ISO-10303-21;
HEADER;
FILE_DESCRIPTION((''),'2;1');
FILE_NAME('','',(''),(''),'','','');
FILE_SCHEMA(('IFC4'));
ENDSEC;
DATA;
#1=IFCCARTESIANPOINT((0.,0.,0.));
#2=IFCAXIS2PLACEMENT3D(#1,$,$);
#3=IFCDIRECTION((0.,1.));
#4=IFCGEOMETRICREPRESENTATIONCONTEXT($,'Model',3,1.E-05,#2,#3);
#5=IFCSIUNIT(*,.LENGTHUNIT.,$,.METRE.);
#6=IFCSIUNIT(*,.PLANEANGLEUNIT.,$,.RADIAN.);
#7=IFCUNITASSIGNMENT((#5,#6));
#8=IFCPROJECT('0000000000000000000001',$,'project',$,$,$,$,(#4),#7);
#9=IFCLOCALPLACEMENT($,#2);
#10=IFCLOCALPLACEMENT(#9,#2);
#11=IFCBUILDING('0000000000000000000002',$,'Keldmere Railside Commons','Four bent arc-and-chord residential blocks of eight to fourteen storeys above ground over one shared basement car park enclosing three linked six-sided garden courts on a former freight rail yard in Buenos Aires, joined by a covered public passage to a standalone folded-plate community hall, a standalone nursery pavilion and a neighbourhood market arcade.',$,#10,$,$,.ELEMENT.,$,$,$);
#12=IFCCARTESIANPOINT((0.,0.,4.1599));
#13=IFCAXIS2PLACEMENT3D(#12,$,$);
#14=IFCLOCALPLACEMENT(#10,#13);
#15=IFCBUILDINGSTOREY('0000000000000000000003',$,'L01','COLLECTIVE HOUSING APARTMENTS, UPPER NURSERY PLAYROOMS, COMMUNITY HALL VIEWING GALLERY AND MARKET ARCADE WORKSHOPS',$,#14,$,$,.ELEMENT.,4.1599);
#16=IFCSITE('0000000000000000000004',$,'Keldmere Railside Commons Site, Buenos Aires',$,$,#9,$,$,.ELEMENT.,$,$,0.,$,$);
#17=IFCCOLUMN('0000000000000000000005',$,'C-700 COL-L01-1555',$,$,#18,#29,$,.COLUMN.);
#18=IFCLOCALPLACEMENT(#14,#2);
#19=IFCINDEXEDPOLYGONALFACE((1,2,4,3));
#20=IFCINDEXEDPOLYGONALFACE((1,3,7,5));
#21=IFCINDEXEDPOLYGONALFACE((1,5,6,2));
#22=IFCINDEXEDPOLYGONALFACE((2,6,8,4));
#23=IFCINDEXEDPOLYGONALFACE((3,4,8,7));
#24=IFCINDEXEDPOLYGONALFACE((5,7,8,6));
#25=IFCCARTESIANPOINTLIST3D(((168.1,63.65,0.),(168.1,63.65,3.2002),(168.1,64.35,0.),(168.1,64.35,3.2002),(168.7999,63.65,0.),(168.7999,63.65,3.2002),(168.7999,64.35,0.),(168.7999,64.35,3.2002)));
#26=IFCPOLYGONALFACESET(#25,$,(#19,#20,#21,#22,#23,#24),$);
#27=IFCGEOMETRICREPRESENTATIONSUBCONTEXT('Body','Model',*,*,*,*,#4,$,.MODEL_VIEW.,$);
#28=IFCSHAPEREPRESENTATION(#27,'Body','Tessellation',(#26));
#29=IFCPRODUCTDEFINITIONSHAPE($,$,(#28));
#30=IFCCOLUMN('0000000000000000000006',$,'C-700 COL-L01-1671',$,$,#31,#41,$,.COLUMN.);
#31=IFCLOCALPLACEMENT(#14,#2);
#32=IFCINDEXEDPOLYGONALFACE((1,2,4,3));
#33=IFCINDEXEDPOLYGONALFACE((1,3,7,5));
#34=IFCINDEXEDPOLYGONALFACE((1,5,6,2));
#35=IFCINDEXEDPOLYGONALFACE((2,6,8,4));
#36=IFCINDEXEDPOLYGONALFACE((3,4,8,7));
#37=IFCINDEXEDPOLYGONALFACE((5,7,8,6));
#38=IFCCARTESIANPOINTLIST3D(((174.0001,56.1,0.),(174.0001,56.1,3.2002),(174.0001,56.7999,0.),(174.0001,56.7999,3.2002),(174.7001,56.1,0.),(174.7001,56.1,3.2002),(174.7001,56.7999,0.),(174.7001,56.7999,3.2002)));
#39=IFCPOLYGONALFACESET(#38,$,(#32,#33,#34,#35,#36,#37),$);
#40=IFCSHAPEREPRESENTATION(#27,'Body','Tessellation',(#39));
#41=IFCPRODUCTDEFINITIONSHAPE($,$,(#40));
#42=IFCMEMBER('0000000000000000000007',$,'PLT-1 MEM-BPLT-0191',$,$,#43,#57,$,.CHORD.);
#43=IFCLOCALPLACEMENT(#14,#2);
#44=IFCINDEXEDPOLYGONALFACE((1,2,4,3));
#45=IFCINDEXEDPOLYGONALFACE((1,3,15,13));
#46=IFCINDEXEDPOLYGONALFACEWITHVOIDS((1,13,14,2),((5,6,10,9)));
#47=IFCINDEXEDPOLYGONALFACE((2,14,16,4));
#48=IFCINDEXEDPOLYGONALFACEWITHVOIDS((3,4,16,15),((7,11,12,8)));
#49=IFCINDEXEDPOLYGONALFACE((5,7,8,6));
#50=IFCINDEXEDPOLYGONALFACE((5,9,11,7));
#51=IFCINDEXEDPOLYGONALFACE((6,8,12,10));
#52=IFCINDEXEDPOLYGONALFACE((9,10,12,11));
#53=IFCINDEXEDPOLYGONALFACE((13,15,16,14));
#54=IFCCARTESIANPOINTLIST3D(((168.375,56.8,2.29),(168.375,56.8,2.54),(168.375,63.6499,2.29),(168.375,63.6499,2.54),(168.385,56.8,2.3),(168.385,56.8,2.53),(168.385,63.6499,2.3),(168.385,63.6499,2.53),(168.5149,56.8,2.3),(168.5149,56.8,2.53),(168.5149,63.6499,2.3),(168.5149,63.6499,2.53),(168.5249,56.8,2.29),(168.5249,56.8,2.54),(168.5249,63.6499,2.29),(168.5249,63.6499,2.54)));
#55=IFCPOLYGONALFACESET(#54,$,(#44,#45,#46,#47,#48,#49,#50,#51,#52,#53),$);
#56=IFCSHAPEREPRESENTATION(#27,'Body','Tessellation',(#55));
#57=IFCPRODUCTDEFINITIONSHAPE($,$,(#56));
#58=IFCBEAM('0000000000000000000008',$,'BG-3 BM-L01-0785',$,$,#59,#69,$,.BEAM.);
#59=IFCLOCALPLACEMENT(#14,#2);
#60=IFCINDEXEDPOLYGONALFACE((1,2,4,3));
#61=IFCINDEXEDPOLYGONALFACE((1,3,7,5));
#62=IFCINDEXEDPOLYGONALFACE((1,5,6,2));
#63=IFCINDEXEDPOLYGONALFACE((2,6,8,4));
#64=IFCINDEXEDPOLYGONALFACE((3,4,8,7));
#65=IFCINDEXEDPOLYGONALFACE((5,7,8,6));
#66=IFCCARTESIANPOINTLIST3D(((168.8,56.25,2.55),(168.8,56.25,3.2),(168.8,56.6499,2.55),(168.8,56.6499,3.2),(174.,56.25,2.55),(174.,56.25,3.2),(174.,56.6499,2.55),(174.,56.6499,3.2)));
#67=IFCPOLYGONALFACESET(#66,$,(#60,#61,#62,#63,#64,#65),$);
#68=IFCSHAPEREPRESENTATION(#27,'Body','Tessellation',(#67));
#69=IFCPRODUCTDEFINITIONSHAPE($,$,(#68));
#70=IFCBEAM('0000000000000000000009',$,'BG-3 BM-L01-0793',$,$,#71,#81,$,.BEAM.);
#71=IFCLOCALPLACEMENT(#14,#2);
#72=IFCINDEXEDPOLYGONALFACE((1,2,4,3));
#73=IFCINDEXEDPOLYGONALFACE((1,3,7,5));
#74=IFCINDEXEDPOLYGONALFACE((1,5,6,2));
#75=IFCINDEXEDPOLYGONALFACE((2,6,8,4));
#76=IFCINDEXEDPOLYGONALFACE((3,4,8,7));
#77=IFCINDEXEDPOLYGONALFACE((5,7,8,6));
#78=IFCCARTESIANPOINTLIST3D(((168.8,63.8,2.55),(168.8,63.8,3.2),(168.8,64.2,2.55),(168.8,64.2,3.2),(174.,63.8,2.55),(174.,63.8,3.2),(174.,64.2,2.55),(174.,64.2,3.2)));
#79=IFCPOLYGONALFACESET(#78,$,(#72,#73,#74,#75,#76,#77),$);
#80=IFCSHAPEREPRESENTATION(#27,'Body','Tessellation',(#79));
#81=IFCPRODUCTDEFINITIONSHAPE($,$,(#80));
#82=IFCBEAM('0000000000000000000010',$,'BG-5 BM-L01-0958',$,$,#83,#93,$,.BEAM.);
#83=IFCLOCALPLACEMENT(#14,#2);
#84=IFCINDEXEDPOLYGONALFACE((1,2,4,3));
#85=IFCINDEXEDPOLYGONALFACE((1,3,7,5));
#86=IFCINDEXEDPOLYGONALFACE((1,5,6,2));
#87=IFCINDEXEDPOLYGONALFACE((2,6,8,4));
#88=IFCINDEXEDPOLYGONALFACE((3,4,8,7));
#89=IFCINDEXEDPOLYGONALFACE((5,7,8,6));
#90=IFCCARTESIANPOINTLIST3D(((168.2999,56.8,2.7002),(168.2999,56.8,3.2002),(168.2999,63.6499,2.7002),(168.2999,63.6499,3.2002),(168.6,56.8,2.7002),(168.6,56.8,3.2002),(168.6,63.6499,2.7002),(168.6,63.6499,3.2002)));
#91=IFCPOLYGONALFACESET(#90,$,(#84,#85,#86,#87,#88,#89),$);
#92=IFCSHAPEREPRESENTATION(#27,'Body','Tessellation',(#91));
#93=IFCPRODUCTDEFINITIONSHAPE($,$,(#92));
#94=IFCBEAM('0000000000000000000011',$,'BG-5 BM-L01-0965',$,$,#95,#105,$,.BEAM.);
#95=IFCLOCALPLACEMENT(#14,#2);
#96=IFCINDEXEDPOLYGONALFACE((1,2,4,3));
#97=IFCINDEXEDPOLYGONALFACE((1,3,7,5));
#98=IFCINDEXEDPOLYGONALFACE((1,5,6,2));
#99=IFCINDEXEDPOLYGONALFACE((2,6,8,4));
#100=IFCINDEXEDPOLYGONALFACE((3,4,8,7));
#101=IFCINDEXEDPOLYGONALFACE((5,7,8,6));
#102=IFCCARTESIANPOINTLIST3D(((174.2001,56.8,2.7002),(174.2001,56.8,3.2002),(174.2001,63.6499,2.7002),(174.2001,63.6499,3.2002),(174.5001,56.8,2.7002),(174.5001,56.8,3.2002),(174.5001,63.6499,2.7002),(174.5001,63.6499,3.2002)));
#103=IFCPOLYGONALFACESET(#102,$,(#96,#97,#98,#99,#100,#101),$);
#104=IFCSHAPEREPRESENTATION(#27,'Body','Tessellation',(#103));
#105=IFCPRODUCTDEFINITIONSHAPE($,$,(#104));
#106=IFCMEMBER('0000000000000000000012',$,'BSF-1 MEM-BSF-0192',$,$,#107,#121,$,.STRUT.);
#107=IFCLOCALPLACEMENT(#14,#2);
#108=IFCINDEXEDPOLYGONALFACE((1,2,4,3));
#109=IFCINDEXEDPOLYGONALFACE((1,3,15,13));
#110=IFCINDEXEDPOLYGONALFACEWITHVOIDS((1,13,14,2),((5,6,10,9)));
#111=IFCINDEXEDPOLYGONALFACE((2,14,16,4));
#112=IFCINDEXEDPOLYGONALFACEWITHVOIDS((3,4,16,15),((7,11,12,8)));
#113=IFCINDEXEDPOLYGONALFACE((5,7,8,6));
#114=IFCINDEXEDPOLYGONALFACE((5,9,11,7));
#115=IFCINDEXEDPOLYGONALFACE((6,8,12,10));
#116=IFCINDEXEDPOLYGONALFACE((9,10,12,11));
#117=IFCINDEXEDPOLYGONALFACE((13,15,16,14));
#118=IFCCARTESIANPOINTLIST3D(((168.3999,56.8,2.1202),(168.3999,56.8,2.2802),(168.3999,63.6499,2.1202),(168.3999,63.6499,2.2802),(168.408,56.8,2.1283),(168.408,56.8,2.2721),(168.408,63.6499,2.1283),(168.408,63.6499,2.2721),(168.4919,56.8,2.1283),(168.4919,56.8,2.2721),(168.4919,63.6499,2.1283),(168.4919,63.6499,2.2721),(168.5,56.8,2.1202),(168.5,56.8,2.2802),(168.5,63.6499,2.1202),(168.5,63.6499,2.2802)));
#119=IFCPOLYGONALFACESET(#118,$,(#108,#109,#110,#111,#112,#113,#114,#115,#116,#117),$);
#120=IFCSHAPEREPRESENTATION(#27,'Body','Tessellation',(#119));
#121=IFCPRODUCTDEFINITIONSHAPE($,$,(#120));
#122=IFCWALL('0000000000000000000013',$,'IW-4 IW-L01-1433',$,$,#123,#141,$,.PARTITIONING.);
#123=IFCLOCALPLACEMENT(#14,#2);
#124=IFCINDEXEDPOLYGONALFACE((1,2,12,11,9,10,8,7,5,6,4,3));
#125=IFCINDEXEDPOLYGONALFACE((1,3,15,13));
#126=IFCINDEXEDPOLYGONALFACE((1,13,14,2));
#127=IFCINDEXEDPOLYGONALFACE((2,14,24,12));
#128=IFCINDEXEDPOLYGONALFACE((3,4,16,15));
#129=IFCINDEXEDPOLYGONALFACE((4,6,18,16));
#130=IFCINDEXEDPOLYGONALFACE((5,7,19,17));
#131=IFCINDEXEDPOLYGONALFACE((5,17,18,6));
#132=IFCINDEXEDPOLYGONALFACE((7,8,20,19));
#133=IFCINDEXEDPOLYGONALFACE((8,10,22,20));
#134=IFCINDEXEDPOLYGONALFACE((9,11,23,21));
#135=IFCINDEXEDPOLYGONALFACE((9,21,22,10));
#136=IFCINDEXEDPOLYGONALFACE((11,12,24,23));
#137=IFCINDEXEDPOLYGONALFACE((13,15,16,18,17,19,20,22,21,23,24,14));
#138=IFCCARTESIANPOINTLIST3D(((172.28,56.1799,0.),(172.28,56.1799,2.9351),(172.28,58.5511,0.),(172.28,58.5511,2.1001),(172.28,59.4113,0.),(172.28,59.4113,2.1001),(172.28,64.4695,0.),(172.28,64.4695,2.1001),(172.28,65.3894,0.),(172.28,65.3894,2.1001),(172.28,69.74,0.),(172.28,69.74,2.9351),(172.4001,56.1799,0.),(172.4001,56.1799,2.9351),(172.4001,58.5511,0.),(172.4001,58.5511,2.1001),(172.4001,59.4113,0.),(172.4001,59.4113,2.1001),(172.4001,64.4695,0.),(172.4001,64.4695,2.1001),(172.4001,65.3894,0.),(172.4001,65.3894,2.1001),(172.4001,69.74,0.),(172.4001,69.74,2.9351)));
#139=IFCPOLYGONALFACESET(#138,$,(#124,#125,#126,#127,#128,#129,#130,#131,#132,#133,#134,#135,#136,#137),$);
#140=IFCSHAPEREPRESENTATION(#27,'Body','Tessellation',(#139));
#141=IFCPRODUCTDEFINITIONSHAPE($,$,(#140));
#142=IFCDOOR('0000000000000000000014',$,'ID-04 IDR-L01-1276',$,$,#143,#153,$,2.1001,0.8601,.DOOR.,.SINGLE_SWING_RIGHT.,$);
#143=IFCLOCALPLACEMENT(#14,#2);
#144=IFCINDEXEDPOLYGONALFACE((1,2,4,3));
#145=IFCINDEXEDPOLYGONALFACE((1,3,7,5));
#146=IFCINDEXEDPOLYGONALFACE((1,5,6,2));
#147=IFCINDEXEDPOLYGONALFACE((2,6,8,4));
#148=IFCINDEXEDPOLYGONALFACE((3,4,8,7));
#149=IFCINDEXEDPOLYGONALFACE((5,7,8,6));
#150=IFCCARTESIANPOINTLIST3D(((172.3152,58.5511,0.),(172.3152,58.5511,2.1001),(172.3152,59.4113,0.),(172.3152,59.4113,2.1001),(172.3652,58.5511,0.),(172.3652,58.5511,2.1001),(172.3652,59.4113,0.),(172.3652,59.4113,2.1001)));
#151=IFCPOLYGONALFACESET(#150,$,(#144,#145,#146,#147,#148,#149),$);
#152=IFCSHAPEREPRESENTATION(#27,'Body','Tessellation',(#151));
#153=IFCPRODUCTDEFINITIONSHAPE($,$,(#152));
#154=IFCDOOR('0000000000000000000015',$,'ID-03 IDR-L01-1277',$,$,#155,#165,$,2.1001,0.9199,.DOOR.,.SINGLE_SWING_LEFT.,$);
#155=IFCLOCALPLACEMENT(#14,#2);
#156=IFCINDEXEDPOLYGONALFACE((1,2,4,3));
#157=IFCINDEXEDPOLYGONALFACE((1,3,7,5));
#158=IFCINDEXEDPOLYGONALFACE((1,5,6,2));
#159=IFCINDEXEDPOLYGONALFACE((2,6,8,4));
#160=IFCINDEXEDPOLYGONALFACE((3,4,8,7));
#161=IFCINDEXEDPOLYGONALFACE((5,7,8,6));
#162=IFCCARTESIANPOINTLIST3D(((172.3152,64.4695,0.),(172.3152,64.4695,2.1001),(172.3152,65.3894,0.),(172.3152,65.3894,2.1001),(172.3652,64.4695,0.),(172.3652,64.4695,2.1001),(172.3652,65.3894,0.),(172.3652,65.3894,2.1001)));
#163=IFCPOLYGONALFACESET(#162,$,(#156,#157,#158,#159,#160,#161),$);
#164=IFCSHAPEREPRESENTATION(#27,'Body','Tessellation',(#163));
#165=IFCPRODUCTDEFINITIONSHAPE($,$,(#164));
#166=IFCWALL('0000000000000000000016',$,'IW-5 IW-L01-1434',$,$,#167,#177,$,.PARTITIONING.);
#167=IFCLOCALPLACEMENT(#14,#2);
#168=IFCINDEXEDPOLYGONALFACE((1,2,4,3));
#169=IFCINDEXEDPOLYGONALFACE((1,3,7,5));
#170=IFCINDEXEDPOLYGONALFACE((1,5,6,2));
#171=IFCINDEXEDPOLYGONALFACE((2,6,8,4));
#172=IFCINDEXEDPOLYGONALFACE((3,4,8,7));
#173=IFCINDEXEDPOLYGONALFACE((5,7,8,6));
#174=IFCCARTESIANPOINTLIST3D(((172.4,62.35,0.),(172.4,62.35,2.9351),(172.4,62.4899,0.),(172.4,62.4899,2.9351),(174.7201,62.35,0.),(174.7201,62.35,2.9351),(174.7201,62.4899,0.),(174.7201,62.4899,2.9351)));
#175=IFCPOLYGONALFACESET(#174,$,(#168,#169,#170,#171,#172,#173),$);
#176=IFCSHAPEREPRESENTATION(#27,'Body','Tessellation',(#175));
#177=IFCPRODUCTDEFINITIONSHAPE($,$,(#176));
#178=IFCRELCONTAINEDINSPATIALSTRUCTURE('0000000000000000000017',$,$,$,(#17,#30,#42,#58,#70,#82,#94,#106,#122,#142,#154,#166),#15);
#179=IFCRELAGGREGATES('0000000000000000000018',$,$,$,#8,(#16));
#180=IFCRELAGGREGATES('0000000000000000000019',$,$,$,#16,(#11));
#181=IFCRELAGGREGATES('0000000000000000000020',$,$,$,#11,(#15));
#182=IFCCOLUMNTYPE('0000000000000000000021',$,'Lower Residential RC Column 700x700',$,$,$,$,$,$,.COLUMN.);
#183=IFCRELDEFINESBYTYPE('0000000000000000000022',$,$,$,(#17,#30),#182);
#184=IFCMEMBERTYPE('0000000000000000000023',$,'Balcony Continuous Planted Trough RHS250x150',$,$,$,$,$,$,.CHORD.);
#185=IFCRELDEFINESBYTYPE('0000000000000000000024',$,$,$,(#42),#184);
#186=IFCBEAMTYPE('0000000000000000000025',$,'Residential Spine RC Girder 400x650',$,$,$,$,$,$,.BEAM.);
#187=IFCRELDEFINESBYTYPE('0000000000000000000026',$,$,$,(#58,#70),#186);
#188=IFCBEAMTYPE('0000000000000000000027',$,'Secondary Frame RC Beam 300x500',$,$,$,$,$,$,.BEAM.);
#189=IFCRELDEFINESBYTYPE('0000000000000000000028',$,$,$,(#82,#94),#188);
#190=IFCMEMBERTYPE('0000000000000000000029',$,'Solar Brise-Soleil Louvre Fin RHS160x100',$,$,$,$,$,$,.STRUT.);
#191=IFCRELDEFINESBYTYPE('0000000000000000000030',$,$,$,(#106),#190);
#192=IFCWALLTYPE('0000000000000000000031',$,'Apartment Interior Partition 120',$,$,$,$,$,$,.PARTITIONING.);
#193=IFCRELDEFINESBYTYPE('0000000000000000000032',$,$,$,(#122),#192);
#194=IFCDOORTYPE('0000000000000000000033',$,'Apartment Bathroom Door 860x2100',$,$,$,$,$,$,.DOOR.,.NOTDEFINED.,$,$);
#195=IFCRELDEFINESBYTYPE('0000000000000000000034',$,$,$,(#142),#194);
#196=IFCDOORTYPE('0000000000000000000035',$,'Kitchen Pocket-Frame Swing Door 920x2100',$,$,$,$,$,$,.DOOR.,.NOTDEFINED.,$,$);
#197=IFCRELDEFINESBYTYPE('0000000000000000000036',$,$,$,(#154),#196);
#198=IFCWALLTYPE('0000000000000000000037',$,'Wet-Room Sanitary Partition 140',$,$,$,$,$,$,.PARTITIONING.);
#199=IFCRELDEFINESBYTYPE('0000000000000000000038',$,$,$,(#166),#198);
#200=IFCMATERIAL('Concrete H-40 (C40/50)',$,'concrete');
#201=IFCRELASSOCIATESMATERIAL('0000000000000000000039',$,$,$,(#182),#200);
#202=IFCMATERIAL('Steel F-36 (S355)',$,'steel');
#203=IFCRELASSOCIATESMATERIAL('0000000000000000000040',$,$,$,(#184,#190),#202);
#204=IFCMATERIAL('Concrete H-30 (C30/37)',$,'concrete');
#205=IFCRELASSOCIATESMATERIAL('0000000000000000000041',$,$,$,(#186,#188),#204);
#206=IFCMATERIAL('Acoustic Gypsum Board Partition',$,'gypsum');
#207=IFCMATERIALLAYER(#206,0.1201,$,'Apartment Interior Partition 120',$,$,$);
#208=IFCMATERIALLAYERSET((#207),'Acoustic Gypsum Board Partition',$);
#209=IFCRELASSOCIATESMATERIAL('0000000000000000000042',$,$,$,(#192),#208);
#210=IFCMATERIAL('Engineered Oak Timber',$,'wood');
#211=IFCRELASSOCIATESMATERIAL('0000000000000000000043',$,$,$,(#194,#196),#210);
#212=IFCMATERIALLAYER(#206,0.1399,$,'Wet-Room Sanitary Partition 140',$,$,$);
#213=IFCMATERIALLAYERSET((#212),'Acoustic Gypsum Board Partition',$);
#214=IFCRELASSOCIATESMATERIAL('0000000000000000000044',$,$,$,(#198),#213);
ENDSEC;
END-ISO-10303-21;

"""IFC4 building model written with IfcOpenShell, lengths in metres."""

from ifc_helpers import new_model, si_unit, direction, frame, frame_2d, origin, origin_2d, place, context, subcontext, project, spatial, rectangle, hollow_rectangle, extrude, material, layer, layer_set, material_profile, profile_set, type_object, element, fill, save


model = new_model("IFC4")

# Units and contexts
model_context = context("Model", 3, precision=1e-05, world=origin(), true_north=direction((0.0, 1.0)))
body_context = subcontext(model_context, "Body", "Model", "MODEL_VIEW")
ifc_project = project(units=[si_unit("LENGTHUNIT", "METRE"), si_unit("PLANEANGLEUNIT", "RADIAN")], contexts=[model_context])

# Site, building, storey
site_placement = place(None, origin())
site = spatial("IfcSite", under=ifc_project, at=site_placement, Name="Keldmere Railside Commons Site, Buenos Aires", CompositionType="ELEMENT", RefElevation=0.0)
building_placement = place(site_placement, origin())
building = spatial("IfcBuilding", under=site, at=building_placement, Name="Keldmere Railside Commons", Description="Four bent arc-and-chord residential blocks of eight to fourteen storeys above ground over one shared basement car park enclosing three linked six-sided garden courts on a former freight rail yard in Buenos Aires, joined by a covered public passage to a standalone folded-plate community hall, a standalone nursery pavilion and a neighbourhood market arcade.", CompositionType="ELEMENT")
storey_placement = place(building_placement, frame((0.0, 0.0, 4.1599)))
storey = spatial("IfcBuildingStorey", under=building, at=storey_placement, Name="L01", Description="COLLECTIVE HOUSING APARTMENTS, UPPER NURSERY PLAYROOMS, COMMUNITY HALL VIEWING GALLERY AND MARKET ARCADE WORKSHOPS", CompositionType="ELEMENT", Elevation=4.1599)

# Columns
ifc_material_1 = material(Name="Concrete H-40 (C40/50)", Category="concrete")
ifc_material_profile_1 = material_profile(ifc_material_1, rectangle(XDim=0.7, YDim=0.7, at=origin_2d()), Name="RC-700x700")
ifc_profile_set_1 = profile_set([ifc_material_profile_1], Name="Concrete H-40 (C40/50)")
column_type = type_object("IfcColumnType", Name="Lower Residential RC Column 700x700", PredefinedType="COLUMN", material=ifc_profile_set_1)
for number, where, z_axis, x_axis, name in (
    (1, (168.45, 64.0, 0.0), (0.0, 0.0, 1.0), (1.0, 0.0, 0.0), "C-700 COL-L01-1555"),
    (2, (174.3501, 56.45, 0.0), (0.0, 0.0, 1.0), (1.0, 0.0, 0.0), "C-700 COL-L01-1671"),
):
    element("IfcColumn", number, at=place(storey_placement, frame(where, z_axis=z_axis, x_axis=x_axis)), inside=storey, type_object=column_type, Name=name, PredefinedType="COLUMN", context=body_context, shape_type="SweptSolid", body=[
        extrude(rectangle(XDim=0.7, YDim=0.7, at=origin_2d()), origin(), (0.0, 0.0, 1.0), 3.2002),
    ])

# Member
ifc_material_2 = material(Name="Steel F-36 (S355)", Category="steel")
ifc_material_profile_2 = material_profile(ifc_material_2, hollow_rectangle(XDim=0.1499, YDim=0.25, WallThickness=0.01, at=origin_2d()), Name="RHS-250x150x10")
ifc_profile_set_2 = profile_set([ifc_material_profile_2], Name="Steel F-36 (S355)")
member_type_1 = type_object("IfcMemberType", Name="Balcony Continuous Planted Trough RHS250x150", PredefinedType="CHORD", material=ifc_profile_set_2)
member_1_placement = place(storey_placement, frame((168.45, 56.8, 2.415), z_axis=(0.0, 1.0, 0.0), x_axis=(-1.0, 0.0, 0.0)))
element("IfcMember", 3, at=member_1_placement, inside=storey, type_object=member_type_1, Name="PLT-1 MEM-BPLT-0191", PredefinedType="CHORD", context=body_context, shape_type="SweptSolid", body=[
    extrude(hollow_rectangle(XDim=0.1499, YDim=0.25, WallThickness=0.01, at=origin_2d()), origin(), (0.0, 0.0, 1.0), 6.8499),
])

# Beams
ifc_material_3 = material(Name="Concrete H-30 (C30/37)", Category="concrete")
ifc_material_profile_3 = material_profile(ifc_material_3, rectangle(XDim=0.3999, YDim=0.6499, at=origin_2d()), Name="RC-400x650")
ifc_profile_set_3 = profile_set([ifc_material_profile_3], Name="Concrete H-30 (C30/37)")
beam_type_1 = type_object("IfcBeamType", Name="Residential Spine RC Girder 400x650", PredefinedType="BEAM", material=ifc_profile_set_3)
for number, where, z_axis, x_axis, name in (
    (4, (168.8, 56.45, 2.875), (1.0, 0.0, 0.0), (0.0, 1.0, 0.0), "BG-3 BM-L01-0785"),
    (5, (168.8, 64.0, 2.875), (1.0, 0.0, 0.0), (0.0, 1.0, 0.0), "BG-3 BM-L01-0793"),
):
    element("IfcBeam", number, at=place(storey_placement, frame(where, z_axis=z_axis, x_axis=x_axis)), inside=storey, type_object=beam_type_1, Name=name, PredefinedType="BEAM", context=body_context, shape_type="SweptSolid", body=[
        extrude(rectangle(XDim=0.3999, YDim=0.6499, at=origin_2d()), origin(), (0.0, 0.0, 1.0), 5.2),
    ])
ifc_material_profile_4 = material_profile(ifc_material_3, rectangle(XDim=0.3, YDim=0.5, at=origin_2d()), Name="RC-300x500")
ifc_profile_set_4 = profile_set([ifc_material_profile_4], Name="Concrete H-30 (C30/37)")
beam_type_2 = type_object("IfcBeamType", Name="Secondary Frame RC Beam 300x500", PredefinedType="BEAM", material=ifc_profile_set_4)
for number, where, z_axis, x_axis, name in (
    (6, (168.45, 56.8, 2.9502), (0.0, 1.0, 0.0), (-1.0, 0.0, 0.0), "BG-5 BM-L01-0958"),
    (7, (174.3501, 56.8, 2.9502), (0.0, 1.0, 0.0), (-1.0, 0.0, 0.0), "BG-5 BM-L01-0965"),
):
    element("IfcBeam", number, at=place(storey_placement, frame(where, z_axis=z_axis, x_axis=x_axis)), inside=storey, type_object=beam_type_2, Name=name, PredefinedType="BEAM", context=body_context, shape_type="SweptSolid", body=[
        extrude(rectangle(XDim=0.3, YDim=0.5, at=origin_2d()), origin(), (0.0, 0.0, 1.0), 6.8499),
    ])

# Member
ifc_material_profile_5 = material_profile(ifc_material_2, hollow_rectangle(XDim=0.1001, YDim=0.1599, WallThickness=0.0081, at=origin_2d()), Name="RHS-160x100x8")
ifc_profile_set_5 = profile_set([ifc_material_profile_5], Name="Steel F-36 (S355)")
member_type_2 = type_object("IfcMemberType", Name="Solar Brise-Soleil Louvre Fin RHS160x100", PredefinedType="STRUT", material=ifc_profile_set_5)
member_2_placement = place(storey_placement, frame((168.45, 56.8, 2.2002), z_axis=(0.0, 1.0, 0.0), x_axis=(-1.0, 0.0, 0.0)))
element("IfcMember", 8, at=member_2_placement, inside=storey, type_object=member_type_2, Name="BSF-1 MEM-BSF-0192", PredefinedType="STRUT", context=body_context, shape_type="SweptSolid", body=[
    extrude(hollow_rectangle(XDim=0.1001, YDim=0.1599, WallThickness=0.0081, at=origin_2d()), origin(), (0.0, 0.0, 1.0), 6.8499),
])

# Wall, openings, doors
ifc_material_4 = material(Name="Acoustic Gypsum Board Partition", Category="gypsum")
ifc_layer_1 = layer(ifc_material_4, 0.1201, Name="Apartment Interior Partition 120")
ifc_layer_set_1 = layer_set([ifc_layer_1], Name="Acoustic Gypsum Board Partition")
wall_type_1 = type_object("IfcWallType", Name="Apartment Interior Partition 120", PredefinedType="PARTITIONING", material=ifc_layer_set_1)
wall_1_placement = place(storey_placement, frame((172.3401, 56.1799, 0.0), z_axis=(0.0, 0.0, 1.0), x_axis=(0.0, 1.0, 0.0)))
wall_1 = element("IfcWall", 9, at=wall_1_placement, inside=storey, type_object=wall_type_1, Name="IW-4 IW-L01-1433", PredefinedType="PARTITIONING", context=body_context, shape_type="SweptSolid", body=[
    extrude(rectangle(XDim=13.5601, YDim=0.1201, at=frame_2d((6.78, 0.0))), origin(), (0.0, 0.0, 1.0), 2.9351),
])
opening_1_placement = place(wall_1_placement, frame((2.3711, 0.0, 0.0)))
opening_1 = element("IfcOpeningElement", 10, at=opening_1_placement, cuts=wall_1, PredefinedType="OPENING", context=body_context, shape_type="SweptSolid", body=[
    extrude(rectangle(XDim=0.8601, YDim=2.1001, at=frame_2d((0.4302, 1.05))), frame((0.0, 0.0701, 0.0), z_axis=(0.0, -1.0, 0.0), x_axis=(1.0, 0.0, 0.0)), (0.0, 0.0, 1.0), 0.1401),
])
opening_2_placement = place(wall_1_placement, frame((8.2896, 0.0, 0.0)))
opening_2 = element("IfcOpeningElement", 11, at=opening_2_placement, cuts=wall_1, PredefinedType="OPENING", context=body_context, shape_type="SweptSolid", body=[
    extrude(rectangle(XDim=0.9199, YDim=2.1001, at=frame_2d((0.46, 1.05))), frame((0.0, 0.0701, 0.0), z_axis=(0.0, -1.0, 0.0), x_axis=(1.0, 0.0, 0.0)), (0.0, 0.0, 1.0), 0.1401),
])
ifc_material_5 = material(Name="Engineered Oak Timber", Category="wood")
door_type_1 = type_object("IfcDoorType", Name="Apartment Bathroom Door 860x2100", OperationType="NOTDEFINED", PredefinedType="DOOR", material=ifc_material_5)
door_1_placement = place(opening_1_placement, origin())
door_1 = element("IfcDoor", 12, at=door_1_placement, inside=storey, type_object=door_type_1, Name="ID-04 IDR-L01-1276", OperationType="SINGLE_SWING_RIGHT", OverallHeight=2.1001, OverallWidth=0.8601, PredefinedType="DOOR", context=body_context, shape_type="SweptSolid", body=[
    extrude(rectangle(XDim=0.8601, YDim=2.1001, at=frame_2d((0.4302, 1.05))), frame((0.0, 0.0249, 0.0), z_axis=(0.0, -1.0, 0.0), x_axis=(1.0, 0.0, 0.0)), (0.0, 0.0, 1.0), 0.05),
])
fill(opening_1, door_1)
door_type_2 = type_object("IfcDoorType", Name="Kitchen Pocket-Frame Swing Door 920x2100", OperationType="NOTDEFINED", PredefinedType="DOOR", material=ifc_material_5)
door_2_placement = place(opening_2_placement, origin())
door_2 = element("IfcDoor", 13, at=door_2_placement, inside=storey, type_object=door_type_2, Name="ID-03 IDR-L01-1277", OperationType="SINGLE_SWING_LEFT", OverallHeight=2.1001, OverallWidth=0.9199, PredefinedType="DOOR", context=body_context, shape_type="SweptSolid", body=[
    extrude(rectangle(XDim=0.9199, YDim=2.1001, at=frame_2d((0.46, 1.05))), frame((0.0, 0.0249, 0.0), z_axis=(0.0, -1.0, 0.0), x_axis=(1.0, 0.0, 0.0)), (0.0, 0.0, 1.0), 0.05),
])
fill(opening_2, door_2)

# Wall
ifc_layer_2 = layer(ifc_material_4, 0.1399, Name="Wet-Room Sanitary Partition 140")
ifc_layer_set_2 = layer_set([ifc_layer_2], Name="Acoustic Gypsum Board Partition")
wall_type_2 = type_object("IfcWallType", Name="Wet-Room Sanitary Partition 140", PredefinedType="PARTITIONING", material=ifc_layer_set_2)
wall_2_placement = place(storey_placement, frame((172.3999, 62.4199, 0.0), z_axis=(0.0, 0.0, 1.0), x_axis=(1.0, 0.0, 0.0)))
element("IfcWall", 14, at=wall_2_placement, inside=storey, type_object=wall_type_2, Name="IW-5 IW-L01-1434", PredefinedType="PARTITIONING", context=body_context, shape_type="SweptSolid", body=[
    extrude(rectangle(XDim=2.3201, YDim=0.1399, at=frame_2d((1.1602, 0.0))), origin(), (0.0, 0.0, 1.0), 2.9351),
])

save(model, "model.ifc")
